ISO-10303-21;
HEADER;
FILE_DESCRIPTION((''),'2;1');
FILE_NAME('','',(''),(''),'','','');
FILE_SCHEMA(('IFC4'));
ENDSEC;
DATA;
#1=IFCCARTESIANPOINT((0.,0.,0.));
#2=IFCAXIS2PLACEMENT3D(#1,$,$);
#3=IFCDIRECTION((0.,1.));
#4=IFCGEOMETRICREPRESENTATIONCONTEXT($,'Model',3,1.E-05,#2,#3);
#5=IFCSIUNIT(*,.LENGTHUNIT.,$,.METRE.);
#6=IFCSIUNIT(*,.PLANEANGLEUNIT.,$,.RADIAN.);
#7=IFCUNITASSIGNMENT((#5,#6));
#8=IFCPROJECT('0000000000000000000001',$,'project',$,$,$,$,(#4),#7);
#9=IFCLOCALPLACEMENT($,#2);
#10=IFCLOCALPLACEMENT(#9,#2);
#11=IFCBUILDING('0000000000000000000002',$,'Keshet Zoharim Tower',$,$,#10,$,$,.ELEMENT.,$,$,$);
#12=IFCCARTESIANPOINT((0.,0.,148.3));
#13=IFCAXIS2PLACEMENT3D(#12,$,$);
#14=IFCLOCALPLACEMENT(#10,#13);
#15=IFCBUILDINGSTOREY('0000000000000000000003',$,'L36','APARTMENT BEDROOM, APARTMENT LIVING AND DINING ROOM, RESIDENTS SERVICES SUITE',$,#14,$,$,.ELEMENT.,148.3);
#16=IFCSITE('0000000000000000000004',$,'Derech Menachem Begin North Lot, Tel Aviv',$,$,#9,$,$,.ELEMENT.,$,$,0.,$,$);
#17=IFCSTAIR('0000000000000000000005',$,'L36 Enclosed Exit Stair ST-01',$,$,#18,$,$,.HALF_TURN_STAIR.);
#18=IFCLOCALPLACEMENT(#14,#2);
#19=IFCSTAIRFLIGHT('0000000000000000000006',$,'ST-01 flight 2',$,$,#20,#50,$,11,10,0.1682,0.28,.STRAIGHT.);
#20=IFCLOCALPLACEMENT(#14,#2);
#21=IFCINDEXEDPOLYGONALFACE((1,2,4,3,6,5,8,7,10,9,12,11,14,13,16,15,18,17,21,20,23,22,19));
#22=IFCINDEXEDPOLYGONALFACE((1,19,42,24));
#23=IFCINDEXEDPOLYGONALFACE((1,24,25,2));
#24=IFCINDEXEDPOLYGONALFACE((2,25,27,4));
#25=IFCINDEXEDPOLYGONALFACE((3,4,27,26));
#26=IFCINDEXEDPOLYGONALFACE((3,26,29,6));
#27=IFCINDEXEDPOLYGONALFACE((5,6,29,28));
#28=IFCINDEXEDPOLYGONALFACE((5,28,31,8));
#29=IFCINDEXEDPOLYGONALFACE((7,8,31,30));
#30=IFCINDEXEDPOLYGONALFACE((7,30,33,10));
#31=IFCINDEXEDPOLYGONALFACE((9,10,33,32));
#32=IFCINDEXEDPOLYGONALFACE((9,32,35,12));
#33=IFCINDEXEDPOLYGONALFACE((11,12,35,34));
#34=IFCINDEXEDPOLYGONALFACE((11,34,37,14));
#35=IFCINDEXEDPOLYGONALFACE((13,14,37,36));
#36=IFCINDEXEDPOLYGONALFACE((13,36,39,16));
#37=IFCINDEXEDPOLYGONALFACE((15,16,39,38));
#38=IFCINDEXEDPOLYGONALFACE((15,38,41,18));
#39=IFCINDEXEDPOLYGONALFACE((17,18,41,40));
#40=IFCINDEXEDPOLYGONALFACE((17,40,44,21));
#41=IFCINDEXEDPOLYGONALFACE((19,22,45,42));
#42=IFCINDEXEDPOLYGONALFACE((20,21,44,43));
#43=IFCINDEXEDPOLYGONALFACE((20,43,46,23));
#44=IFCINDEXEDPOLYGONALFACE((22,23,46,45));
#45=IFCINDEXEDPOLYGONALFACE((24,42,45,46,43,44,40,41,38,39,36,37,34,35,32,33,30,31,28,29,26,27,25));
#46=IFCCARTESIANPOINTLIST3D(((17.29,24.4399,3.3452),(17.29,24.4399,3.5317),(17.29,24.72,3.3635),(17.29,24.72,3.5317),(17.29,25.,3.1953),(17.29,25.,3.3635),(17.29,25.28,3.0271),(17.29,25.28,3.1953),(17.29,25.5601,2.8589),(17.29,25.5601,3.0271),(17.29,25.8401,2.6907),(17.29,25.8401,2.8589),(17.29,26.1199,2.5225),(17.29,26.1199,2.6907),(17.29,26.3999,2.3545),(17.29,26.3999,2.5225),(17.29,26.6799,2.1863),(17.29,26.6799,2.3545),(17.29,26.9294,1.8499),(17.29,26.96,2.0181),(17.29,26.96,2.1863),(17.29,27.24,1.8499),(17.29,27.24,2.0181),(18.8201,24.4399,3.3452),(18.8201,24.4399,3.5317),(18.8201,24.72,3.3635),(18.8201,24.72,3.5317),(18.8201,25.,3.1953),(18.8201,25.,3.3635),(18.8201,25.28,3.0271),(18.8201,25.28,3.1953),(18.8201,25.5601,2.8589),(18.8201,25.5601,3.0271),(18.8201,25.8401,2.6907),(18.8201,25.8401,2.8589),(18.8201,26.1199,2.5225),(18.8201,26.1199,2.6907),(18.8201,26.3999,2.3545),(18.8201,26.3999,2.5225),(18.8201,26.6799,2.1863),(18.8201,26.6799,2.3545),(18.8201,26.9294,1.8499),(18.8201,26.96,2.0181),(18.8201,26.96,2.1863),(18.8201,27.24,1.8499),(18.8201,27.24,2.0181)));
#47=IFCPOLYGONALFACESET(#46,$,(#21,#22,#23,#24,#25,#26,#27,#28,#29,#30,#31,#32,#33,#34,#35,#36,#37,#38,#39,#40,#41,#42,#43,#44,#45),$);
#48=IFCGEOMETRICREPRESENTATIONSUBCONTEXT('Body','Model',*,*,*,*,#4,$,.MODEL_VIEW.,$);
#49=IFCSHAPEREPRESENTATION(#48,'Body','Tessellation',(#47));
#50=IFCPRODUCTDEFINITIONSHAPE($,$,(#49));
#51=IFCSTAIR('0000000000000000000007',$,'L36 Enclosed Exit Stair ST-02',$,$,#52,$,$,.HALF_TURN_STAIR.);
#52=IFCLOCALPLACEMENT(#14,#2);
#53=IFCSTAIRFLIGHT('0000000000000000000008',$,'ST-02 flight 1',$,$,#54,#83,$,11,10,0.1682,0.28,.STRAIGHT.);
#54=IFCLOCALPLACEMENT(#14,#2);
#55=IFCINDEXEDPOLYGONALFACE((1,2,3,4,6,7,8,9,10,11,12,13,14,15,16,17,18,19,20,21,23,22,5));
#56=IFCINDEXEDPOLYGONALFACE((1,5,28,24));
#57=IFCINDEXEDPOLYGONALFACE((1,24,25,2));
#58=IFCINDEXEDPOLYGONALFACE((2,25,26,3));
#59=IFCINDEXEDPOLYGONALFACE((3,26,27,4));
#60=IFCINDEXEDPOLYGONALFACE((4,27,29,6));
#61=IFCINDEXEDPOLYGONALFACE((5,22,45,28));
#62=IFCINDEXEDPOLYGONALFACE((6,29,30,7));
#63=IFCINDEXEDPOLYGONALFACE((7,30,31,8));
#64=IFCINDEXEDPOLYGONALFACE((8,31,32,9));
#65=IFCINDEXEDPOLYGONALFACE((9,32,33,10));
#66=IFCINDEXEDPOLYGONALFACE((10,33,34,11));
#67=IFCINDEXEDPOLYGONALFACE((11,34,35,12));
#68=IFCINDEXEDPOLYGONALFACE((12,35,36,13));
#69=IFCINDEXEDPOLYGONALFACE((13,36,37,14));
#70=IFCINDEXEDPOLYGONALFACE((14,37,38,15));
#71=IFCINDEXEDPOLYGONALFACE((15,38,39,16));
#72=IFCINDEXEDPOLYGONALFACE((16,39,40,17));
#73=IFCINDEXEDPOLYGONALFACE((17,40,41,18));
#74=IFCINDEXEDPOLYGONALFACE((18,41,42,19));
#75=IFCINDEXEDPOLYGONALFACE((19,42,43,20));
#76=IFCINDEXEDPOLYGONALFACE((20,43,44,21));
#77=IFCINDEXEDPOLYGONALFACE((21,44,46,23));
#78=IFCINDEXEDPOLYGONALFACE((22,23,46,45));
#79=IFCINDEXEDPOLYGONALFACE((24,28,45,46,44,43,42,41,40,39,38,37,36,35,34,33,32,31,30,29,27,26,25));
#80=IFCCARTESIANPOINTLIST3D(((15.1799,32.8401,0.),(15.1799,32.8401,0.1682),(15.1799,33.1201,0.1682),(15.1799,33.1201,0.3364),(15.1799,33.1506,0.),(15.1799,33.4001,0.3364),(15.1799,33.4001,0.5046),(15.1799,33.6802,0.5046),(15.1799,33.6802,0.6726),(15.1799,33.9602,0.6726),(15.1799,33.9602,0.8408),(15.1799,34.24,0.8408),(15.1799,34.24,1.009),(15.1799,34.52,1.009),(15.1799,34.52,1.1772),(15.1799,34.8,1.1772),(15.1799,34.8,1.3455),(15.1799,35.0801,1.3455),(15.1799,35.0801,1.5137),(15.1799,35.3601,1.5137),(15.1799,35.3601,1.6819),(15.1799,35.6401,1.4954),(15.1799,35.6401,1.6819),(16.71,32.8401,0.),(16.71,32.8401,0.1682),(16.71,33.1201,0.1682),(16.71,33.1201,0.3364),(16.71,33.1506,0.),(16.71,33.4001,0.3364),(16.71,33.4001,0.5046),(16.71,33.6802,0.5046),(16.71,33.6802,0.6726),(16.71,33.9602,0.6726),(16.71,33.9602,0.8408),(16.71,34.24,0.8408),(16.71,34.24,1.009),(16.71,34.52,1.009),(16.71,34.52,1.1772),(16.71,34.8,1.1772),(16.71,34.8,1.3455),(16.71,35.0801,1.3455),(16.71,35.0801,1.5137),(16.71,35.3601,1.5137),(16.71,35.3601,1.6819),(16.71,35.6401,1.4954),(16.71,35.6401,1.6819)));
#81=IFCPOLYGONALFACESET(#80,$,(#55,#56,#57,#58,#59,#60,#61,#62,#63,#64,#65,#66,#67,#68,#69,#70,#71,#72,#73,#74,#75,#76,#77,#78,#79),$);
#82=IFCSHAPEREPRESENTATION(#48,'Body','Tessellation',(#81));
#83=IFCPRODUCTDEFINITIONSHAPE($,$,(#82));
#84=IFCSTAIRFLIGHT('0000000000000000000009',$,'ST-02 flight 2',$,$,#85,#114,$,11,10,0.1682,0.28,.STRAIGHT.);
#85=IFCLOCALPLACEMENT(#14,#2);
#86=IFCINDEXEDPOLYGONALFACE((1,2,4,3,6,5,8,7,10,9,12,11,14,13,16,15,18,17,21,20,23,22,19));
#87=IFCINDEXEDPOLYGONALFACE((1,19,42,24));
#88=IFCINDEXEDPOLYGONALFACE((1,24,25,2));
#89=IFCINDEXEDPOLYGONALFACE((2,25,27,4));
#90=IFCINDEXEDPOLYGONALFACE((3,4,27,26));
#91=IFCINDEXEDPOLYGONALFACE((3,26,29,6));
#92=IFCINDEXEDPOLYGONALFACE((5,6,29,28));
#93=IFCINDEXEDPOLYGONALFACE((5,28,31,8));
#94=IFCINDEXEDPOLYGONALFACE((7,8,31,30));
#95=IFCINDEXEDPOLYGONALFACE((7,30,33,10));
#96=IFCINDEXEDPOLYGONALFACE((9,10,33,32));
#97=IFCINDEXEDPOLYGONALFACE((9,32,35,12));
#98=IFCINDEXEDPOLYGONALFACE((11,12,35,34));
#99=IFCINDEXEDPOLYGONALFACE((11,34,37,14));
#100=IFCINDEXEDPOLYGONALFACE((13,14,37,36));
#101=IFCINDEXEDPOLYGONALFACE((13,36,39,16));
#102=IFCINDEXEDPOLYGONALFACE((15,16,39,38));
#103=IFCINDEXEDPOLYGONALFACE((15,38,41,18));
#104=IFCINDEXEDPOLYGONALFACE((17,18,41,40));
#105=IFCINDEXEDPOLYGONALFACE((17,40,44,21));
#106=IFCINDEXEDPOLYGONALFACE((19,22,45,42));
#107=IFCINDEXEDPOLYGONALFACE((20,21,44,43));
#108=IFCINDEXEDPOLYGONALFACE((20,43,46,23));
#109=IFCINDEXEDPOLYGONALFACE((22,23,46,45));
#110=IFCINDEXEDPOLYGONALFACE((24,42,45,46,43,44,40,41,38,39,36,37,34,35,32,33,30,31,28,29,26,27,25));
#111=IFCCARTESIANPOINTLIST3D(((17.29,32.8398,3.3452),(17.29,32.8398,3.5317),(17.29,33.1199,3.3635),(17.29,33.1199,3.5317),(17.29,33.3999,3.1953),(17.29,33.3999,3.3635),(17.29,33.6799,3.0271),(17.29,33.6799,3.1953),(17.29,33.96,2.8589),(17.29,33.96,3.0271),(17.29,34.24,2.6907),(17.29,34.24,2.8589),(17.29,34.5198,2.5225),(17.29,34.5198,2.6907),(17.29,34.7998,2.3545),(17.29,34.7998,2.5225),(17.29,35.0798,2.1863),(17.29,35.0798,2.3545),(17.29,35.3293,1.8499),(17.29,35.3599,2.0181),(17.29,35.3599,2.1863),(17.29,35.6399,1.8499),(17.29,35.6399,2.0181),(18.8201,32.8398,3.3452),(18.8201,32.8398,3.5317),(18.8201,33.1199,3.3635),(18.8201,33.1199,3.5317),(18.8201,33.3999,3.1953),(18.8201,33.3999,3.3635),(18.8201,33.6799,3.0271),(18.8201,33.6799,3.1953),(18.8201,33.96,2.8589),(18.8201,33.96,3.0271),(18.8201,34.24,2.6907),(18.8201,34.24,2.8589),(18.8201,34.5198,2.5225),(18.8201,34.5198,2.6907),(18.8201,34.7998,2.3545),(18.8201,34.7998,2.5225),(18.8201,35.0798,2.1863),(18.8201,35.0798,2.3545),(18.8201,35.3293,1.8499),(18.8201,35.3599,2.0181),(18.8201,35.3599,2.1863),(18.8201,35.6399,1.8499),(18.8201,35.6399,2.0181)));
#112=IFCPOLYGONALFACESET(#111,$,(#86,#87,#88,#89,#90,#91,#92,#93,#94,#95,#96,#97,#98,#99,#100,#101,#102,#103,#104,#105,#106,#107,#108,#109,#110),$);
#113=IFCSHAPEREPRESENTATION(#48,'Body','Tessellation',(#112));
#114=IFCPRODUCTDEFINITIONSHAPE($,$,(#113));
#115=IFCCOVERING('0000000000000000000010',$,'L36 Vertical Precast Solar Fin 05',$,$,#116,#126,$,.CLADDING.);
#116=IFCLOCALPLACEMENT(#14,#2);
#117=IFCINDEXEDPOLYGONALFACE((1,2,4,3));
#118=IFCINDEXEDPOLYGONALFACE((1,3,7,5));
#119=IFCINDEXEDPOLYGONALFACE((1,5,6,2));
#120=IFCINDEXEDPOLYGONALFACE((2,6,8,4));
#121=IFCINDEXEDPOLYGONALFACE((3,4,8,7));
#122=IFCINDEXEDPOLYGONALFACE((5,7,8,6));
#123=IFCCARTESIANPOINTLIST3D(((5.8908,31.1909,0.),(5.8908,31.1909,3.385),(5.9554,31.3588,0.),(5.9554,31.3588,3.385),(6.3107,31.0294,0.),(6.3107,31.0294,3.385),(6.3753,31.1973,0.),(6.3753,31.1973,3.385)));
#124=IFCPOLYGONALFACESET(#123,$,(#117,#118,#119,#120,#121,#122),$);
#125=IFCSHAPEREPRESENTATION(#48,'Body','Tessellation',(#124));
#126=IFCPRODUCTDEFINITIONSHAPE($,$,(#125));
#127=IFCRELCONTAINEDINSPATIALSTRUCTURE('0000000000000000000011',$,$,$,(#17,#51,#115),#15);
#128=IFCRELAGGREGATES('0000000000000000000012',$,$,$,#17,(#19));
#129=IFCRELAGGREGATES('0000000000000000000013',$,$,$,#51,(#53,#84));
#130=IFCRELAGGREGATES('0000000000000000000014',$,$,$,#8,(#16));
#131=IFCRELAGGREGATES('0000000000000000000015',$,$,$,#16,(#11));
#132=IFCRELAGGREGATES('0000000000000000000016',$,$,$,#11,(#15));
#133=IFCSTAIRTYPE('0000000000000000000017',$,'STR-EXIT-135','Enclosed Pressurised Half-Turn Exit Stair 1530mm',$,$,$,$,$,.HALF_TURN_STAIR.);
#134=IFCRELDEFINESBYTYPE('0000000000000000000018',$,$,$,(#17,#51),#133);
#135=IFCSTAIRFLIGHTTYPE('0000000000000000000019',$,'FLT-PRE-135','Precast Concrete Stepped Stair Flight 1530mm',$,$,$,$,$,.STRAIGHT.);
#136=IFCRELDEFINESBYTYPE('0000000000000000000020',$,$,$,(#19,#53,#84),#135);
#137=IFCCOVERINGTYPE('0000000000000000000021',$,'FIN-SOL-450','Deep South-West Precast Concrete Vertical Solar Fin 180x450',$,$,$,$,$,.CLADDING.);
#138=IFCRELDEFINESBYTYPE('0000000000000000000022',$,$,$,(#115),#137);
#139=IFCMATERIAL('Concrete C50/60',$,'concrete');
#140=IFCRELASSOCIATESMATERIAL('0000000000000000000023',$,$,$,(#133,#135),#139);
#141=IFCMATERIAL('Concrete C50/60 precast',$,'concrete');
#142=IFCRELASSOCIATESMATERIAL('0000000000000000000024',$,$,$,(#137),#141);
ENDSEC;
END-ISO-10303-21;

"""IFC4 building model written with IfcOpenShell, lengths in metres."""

from ifc_helpers import new_model, si_unit, direction, frame, origin, origin_2d, place, context, subcontext, project, spatial, polyline, rectangle, outline, extrude, material, type_object, element, aggregate, save


model = new_model("IFC4")

# Units and contexts
model_context = context("Model", 3, precision=1e-05, world=origin(), true_north=direction((0.0, 1.0)))
body_context = subcontext(model_context, "Body", "Model", "MODEL_VIEW")
ifc_project = project(units=[si_unit("LENGTHUNIT", "METRE"), si_unit("PLANEANGLEUNIT", "RADIAN")], contexts=[model_context])

# Site, building, storey
site_placement = place(None, origin())
site = spatial("IfcSite", under=ifc_project, at=site_placement, Name="Derech Menachem Begin North Lot, Tel Aviv", CompositionType="ELEMENT", RefElevation=0.0)
building_placement = place(site_placement, origin())
building = spatial("IfcBuilding", under=site, at=building_placement, Name="Keshet Zoharim Tower", CompositionType="ELEMENT")
storey_placement = place(building_placement, frame((0.0, 0.0, 148.3)))
storey = spatial("IfcBuildingStorey", under=building, at=storey_placement, Name="L36", Description="APARTMENT BEDROOM, APARTMENT LIVING AND DINING ROOM, RESIDENTS SERVICES SUITE", CompositionType="ELEMENT", Elevation=148.3)

# Stair, stair flight
ifc_material_1 = material(Name="Concrete C50/60", Category="concrete")
stair_type = type_object("IfcStairType", Name="STR-EXIT-135", Description="Enclosed Pressurised Half-Turn Exit Stair 1530mm", PredefinedType="HALF_TURN_STAIR", material=ifc_material_1)
stair_1_placement = place(storey_placement, origin())
stair_1 = element("IfcStair", 1, at=stair_1_placement, inside=storey, type_object=stair_type, Name="L36 Enclosed Exit Stair ST-01", PredefinedType="HALF_TURN_STAIR")
stair_flight_type = type_object("IfcStairFlightType", Name="FLT-PRE-135", Description="Precast Concrete Stepped Stair Flight 1530mm", PredefinedType="STRAIGHT", material=ifc_material_1)
stair_flight_1_placement = place(storey_placement, frame((18.0549, 27.24, 1.8499), z_axis=(0.0, 0.0, 1.0), x_axis=(0.0, -1.0, 0.0)))
stair_flight_1 = element("IfcStairFlight", 2, at=stair_flight_1_placement, type_object=stair_flight_type, Name="ST-01 flight 2", NumberOfRisers=11, NumberOfTreads=10, PredefinedType="STRAIGHT", RiserHeight=0.1682, TreadLength=0.28, context=body_context, shape_type="SweptSolid", body=[
    extrude(outline(polyline([(0.0, 0.0), (0.0, 0.1682), (0.28, 0.1682), (0.28, 0.3364), (0.5601, 0.3364), (0.5601, 0.5046), (0.8401, 0.5046), (0.8401, 0.6726), (1.1201, 0.6726), (1.1201, 0.8408), (1.3999, 0.8408), (1.3999, 1.009), (1.6799, 1.009), (1.6799, 1.1772), (1.96, 1.1772), (1.96, 1.3455), (2.24, 1.3455), (2.24, 1.5137), (2.52, 1.5137), (2.52, 1.6819), (2.8, 1.6819), (2.8, 1.8501), (2.8, 1.4954), (0.3105, 0.0), (0.0, 0.0)])), frame((0.0, 0.7651, 0.0), z_axis=(0.0, -1.0, 0.0), x_axis=(1.0, 0.0, 0.0)), (0.0, 0.0, 1.0), 1.53),
])
aggregate(stair_1, [stair_flight_1])

# Stair, stair flights
stair_2_placement = place(storey_placement, origin())
stair_2 = element("IfcStair", 3, at=stair_2_placement, inside=storey, type_object=stair_type, Name="L36 Enclosed Exit Stair ST-02", PredefinedType="HALF_TURN_STAIR")
stair_flight_2_placement = place(storey_placement, frame((15.9451, 32.8401, 0.0), z_axis=(0.0, 0.0, 1.0), x_axis=(0.0, 1.0, 0.0)))
stair_flight_2 = element("IfcStairFlight", 4, at=stair_flight_2_placement, type_object=stair_flight_type, Name="ST-02 flight 1", NumberOfRisers=11, NumberOfTreads=10, PredefinedType="STRAIGHT", RiserHeight=0.1682, TreadLength=0.28, context=body_context, shape_type="SweptSolid", body=[
    extrude(outline(polyline([(0.0, 0.0), (0.0, 0.1682), (0.28, 0.1682), (0.28, 0.3364), (0.5601, 0.3364), (0.5601, 0.5046), (0.8401, 0.5046), (0.8401, 0.6726), (1.1201, 0.6726), (1.1201, 0.8408), (1.3999, 0.8408), (1.3999, 1.009), (1.6799, 1.009), (1.6799, 1.1772), (1.96, 1.1772), (1.96, 1.3455), (2.24, 1.3455), (2.24, 1.5137), (2.52, 1.5137), (2.52, 1.6819), (2.8, 1.6819), (2.8, 1.8501), (2.8, 1.4954), (0.3105, 0.0), (0.0, 0.0)])), frame((0.0, 0.7651, 0.0), z_axis=(0.0, -1.0, 0.0), x_axis=(1.0, 0.0, 0.0)), (0.0, 0.0, 1.0), 1.53),
])
stair_flight_3_placement = place(storey_placement, frame((18.0549, 35.6399, 1.8499), z_axis=(0.0, 0.0, 1.0), x_axis=(0.0, -1.0, 0.0)))
stair_flight_3 = element("IfcStairFlight", 5, at=stair_flight_3_placement, type_object=stair_flight_type, Name="ST-02 flight 2", NumberOfRisers=11, NumberOfTreads=10, PredefinedType="STRAIGHT", RiserHeight=0.1682, TreadLength=0.28, context=body_context, shape_type="SweptSolid", body=[
    extrude(outline(polyline([(0.0, 0.0), (0.0, 0.1682), (0.28, 0.1682), (0.28, 0.3364), (0.5601, 0.3364), (0.5601, 0.5046), (0.8401, 0.5046), (0.8401, 0.6726), (1.1201, 0.6726), (1.1201, 0.8408), (1.3999, 0.8408), (1.3999, 1.009), (1.6799, 1.009), (1.6799, 1.1772), (1.96, 1.1772), (1.96, 1.3455), (2.24, 1.3455), (2.24, 1.5137), (2.52, 1.5137), (2.52, 1.6819), (2.8, 1.6819), (2.8, 1.8501), (2.8, 1.4954), (0.3105, 0.0), (0.0, 0.0)])), frame((0.0, 0.7651, 0.0), z_axis=(0.0, -1.0, 0.0), x_axis=(1.0, 0.0, 0.0)), (0.0, 0.0, 1.0), 1.53),
])
aggregate(stair_2, [stair_flight_2, stair_flight_3])

# Covering
ifc_material_2 = material(Name="Concrete C50/60 precast", Category="concrete")
covering_type = type_object("IfcCoveringType", Name="FIN-SOL-450", Description="Deep South-West Precast Concrete Vertical Solar Fin 180x450", PredefinedType="CLADDING", material=ifc_material_2)
covering_placement = place(storey_placement, frame((6.1331, 31.1941, 0.0), z_axis=(0.0, 0.0, 1.0), x_axis=(0.35899, 0.933341, 0.0)))
element("IfcCovering", 6, at=covering_placement, inside=storey, type_object=covering_type, Name="L36 Vertical Precast Solar Fin 05", PredefinedType="CLADDING", context=body_context, shape_type="SweptSolid", body=[
    extrude(rectangle(XDim=0.1799, YDim=0.45, at=origin_2d()), origin(), (0.0, 0.0, 1.0), 3.385),
])

save(model, "model.ifc")
